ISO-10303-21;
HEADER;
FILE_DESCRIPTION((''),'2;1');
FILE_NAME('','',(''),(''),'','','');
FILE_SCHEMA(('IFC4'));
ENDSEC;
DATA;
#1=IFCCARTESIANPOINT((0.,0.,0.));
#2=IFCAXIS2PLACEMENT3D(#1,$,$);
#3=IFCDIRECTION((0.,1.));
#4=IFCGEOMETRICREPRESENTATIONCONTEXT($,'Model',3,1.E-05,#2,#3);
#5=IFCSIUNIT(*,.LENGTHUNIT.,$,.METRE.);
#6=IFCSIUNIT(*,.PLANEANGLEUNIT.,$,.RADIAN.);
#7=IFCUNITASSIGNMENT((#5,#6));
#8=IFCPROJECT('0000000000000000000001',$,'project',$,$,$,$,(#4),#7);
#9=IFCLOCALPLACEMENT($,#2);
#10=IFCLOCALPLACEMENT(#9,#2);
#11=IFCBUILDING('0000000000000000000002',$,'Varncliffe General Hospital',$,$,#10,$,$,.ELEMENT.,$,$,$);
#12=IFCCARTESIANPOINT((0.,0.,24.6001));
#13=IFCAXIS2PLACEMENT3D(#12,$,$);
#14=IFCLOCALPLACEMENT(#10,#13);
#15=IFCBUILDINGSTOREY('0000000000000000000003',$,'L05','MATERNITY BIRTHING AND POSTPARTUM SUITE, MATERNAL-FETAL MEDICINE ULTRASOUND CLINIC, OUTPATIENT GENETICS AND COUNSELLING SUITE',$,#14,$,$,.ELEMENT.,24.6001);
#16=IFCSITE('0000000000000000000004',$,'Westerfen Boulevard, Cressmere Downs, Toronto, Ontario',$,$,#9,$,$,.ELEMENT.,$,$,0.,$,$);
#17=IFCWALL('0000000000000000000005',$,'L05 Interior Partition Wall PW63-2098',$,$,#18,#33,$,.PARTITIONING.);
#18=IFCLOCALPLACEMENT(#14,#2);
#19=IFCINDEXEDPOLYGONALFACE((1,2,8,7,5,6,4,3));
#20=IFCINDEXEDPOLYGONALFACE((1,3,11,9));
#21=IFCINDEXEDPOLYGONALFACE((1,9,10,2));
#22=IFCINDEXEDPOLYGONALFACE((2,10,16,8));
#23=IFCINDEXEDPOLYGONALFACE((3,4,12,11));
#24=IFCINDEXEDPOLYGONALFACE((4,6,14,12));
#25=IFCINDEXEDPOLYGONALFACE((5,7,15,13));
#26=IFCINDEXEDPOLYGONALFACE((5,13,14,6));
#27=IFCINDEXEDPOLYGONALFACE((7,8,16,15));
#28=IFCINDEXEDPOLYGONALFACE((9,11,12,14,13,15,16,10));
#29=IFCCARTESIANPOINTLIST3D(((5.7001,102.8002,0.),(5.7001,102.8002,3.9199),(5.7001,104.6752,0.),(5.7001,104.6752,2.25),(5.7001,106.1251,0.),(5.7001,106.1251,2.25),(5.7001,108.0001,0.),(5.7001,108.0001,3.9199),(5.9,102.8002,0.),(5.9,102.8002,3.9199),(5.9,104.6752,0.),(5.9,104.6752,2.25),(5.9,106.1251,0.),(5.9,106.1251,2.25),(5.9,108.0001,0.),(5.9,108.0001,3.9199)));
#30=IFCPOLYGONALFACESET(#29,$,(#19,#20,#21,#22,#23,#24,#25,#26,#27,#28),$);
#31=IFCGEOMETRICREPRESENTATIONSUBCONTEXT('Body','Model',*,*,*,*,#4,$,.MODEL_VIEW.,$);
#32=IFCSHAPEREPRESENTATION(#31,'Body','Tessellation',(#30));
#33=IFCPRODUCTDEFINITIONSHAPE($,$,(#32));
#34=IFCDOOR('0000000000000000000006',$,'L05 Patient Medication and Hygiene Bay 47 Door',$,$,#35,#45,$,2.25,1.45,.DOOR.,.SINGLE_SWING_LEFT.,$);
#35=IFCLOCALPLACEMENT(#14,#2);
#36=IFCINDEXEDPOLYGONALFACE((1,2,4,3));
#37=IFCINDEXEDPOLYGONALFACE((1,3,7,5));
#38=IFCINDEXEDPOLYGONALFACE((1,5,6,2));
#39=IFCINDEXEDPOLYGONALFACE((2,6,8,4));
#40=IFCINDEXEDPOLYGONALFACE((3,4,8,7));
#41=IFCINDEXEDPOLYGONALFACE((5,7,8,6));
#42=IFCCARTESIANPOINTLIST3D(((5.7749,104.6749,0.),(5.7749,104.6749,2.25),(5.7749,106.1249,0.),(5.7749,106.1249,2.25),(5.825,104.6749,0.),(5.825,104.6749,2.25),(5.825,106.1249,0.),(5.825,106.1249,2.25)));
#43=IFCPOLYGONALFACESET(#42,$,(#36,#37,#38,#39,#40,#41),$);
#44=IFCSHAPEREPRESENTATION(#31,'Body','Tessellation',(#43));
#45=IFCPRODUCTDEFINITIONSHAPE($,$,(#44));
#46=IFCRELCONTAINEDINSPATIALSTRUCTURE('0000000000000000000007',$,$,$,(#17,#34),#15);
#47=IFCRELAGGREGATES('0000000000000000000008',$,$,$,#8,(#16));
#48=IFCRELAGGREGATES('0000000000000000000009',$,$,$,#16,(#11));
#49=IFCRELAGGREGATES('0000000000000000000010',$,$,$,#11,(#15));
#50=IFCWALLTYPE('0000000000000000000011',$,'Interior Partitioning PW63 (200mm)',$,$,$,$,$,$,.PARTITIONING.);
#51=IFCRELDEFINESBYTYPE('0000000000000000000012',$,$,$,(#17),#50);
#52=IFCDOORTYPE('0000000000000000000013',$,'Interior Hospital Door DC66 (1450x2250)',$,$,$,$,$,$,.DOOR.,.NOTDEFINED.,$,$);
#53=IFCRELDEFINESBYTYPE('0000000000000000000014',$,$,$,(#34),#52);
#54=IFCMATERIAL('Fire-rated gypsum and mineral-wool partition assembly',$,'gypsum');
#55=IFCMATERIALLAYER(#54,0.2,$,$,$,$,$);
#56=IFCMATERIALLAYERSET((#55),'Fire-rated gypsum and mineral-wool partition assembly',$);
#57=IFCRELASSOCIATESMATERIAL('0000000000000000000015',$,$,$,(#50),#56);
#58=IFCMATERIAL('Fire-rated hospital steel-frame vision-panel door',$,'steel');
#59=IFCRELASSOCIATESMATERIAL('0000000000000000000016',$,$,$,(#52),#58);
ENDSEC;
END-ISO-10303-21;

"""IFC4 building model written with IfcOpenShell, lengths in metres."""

from ifc_helpers import new_model, si_unit, direction, frame, frame_2d, origin, place, context, subcontext, project, spatial, rectangle, extrude, material, layer, layer_set, type_object, element, fill, save


model = new_model("IFC4")

# Units and contexts
model_context = context("Model", 3, precision=1e-05, world=origin(), true_north=direction((0.0, 1.0)))
body_context = subcontext(model_context, "Body", "Model", "MODEL_VIEW")
ifc_project = project(units=[si_unit("LENGTHUNIT", "METRE"), si_unit("PLANEANGLEUNIT", "RADIAN")], contexts=[model_context])

# Site, building, storey
site_placement = place(None, origin())
site = spatial("IfcSite", under=ifc_project, at=site_placement, Name="Westerfen Boulevard, Cressmere Downs, Toronto, Ontario", CompositionType="ELEMENT", RefElevation=0.0)
building_placement = place(site_placement, origin())
building = spatial("IfcBuilding", under=site, at=building_placement, Name="Varncliffe General Hospital", CompositionType="ELEMENT")
storey_placement = place(building_placement, frame((0.0, 0.0, 24.6001)))
storey = spatial("IfcBuildingStorey", under=building, at=storey_placement, Name="L05", Description="MATERNITY BIRTHING AND POSTPARTUM SUITE, MATERNAL-FETAL MEDICINE ULTRASOUND CLINIC, OUTPATIENT GENETICS AND COUNSELLING SUITE", CompositionType="ELEMENT", Elevation=24.6001)

# Wall, opening, door
ifc_material_1 = material(Name="Fire-rated gypsum and mineral-wool partition assembly", Category="gypsum")
ifc_layer_1 = layer(ifc_material_1, 0.2)
ifc_layer_set_1 = layer_set([ifc_layer_1], Name="Fire-rated gypsum and mineral-wool partition assembly")
wall_type_1 = type_object("IfcWallType", Name="Interior Partitioning PW63 (200mm)", PredefinedType="PARTITIONING", material=ifc_layer_set_1)
wall_1_placement = place(storey_placement, frame((5.8, 102.8, 0.0), z_axis=(0.0, 0.0, 1.0), x_axis=(0.0, 1.0, 0.0)))
wall_1 = element("IfcWall", 1, at=wall_1_placement, inside=storey, type_object=wall_type_1, Name="L05 Interior Partition Wall PW63-2098", PredefinedType="PARTITIONING", context=body_context, shape_type="SweptSolid", body=[
    extrude(rectangle(XDim=5.2, YDim=0.2, at=frame_2d((2.6001, 0.0))), origin(), (0.0, 0.0, 1.0), 3.9199),
])
opening_1_placement = place(wall_1_placement, frame((1.875, 0.0, 0.0)))
opening_1 = element("IfcOpeningElement", 2, at=opening_1_placement, cuts=wall_1, PredefinedType="OPENING", context=body_context, shape_type="SweptSolid", body=[
    extrude(rectangle(XDim=1.45, YDim=2.25, at=frame_2d((0.7251, 1.125))), frame((0.0, 0.1099, 0.0), z_axis=(0.0, -1.0, 0.0), x_axis=(1.0, 0.0, 0.0)), (0.0, 0.0, 1.0), 0.22),
])
ifc_material_2 = material(Name="Fire-rated hospital steel-frame vision-panel door", Category="steel")
door_type = type_object("IfcDoorType", Name="Interior Hospital Door DC66 (1450x2250)", OperationType="NOTDEFINED", PredefinedType="DOOR", material=ifc_material_2)
door_placement = place(opening_1_placement, frame((1.45, 0.0, 0.0), z_axis=(0.0, 0.0, 1.0), x_axis=(-1.0, 0.0, 0.0)))
door = element("IfcDoor", 3, at=door_placement, inside=storey, type_object=door_type, Name="L05 Patient Medication and Hygiene Bay 47 Door", OperationType="SINGLE_SWING_LEFT", OverallHeight=2.25, OverallWidth=1.45, PredefinedType="DOOR", context=body_context, shape_type="SweptSolid", body=[
    extrude(rectangle(XDim=1.45, YDim=2.25, at=frame_2d((0.7251, 1.125))), frame((0.0, 0.0249, 0.0), z_axis=(0.0, -1.0, 0.0), x_axis=(1.0, 0.0, 0.0)), (0.0, 0.0, 1.0), 0.05),
])
fill(opening_1, door)

save(model, "model.ifc")
